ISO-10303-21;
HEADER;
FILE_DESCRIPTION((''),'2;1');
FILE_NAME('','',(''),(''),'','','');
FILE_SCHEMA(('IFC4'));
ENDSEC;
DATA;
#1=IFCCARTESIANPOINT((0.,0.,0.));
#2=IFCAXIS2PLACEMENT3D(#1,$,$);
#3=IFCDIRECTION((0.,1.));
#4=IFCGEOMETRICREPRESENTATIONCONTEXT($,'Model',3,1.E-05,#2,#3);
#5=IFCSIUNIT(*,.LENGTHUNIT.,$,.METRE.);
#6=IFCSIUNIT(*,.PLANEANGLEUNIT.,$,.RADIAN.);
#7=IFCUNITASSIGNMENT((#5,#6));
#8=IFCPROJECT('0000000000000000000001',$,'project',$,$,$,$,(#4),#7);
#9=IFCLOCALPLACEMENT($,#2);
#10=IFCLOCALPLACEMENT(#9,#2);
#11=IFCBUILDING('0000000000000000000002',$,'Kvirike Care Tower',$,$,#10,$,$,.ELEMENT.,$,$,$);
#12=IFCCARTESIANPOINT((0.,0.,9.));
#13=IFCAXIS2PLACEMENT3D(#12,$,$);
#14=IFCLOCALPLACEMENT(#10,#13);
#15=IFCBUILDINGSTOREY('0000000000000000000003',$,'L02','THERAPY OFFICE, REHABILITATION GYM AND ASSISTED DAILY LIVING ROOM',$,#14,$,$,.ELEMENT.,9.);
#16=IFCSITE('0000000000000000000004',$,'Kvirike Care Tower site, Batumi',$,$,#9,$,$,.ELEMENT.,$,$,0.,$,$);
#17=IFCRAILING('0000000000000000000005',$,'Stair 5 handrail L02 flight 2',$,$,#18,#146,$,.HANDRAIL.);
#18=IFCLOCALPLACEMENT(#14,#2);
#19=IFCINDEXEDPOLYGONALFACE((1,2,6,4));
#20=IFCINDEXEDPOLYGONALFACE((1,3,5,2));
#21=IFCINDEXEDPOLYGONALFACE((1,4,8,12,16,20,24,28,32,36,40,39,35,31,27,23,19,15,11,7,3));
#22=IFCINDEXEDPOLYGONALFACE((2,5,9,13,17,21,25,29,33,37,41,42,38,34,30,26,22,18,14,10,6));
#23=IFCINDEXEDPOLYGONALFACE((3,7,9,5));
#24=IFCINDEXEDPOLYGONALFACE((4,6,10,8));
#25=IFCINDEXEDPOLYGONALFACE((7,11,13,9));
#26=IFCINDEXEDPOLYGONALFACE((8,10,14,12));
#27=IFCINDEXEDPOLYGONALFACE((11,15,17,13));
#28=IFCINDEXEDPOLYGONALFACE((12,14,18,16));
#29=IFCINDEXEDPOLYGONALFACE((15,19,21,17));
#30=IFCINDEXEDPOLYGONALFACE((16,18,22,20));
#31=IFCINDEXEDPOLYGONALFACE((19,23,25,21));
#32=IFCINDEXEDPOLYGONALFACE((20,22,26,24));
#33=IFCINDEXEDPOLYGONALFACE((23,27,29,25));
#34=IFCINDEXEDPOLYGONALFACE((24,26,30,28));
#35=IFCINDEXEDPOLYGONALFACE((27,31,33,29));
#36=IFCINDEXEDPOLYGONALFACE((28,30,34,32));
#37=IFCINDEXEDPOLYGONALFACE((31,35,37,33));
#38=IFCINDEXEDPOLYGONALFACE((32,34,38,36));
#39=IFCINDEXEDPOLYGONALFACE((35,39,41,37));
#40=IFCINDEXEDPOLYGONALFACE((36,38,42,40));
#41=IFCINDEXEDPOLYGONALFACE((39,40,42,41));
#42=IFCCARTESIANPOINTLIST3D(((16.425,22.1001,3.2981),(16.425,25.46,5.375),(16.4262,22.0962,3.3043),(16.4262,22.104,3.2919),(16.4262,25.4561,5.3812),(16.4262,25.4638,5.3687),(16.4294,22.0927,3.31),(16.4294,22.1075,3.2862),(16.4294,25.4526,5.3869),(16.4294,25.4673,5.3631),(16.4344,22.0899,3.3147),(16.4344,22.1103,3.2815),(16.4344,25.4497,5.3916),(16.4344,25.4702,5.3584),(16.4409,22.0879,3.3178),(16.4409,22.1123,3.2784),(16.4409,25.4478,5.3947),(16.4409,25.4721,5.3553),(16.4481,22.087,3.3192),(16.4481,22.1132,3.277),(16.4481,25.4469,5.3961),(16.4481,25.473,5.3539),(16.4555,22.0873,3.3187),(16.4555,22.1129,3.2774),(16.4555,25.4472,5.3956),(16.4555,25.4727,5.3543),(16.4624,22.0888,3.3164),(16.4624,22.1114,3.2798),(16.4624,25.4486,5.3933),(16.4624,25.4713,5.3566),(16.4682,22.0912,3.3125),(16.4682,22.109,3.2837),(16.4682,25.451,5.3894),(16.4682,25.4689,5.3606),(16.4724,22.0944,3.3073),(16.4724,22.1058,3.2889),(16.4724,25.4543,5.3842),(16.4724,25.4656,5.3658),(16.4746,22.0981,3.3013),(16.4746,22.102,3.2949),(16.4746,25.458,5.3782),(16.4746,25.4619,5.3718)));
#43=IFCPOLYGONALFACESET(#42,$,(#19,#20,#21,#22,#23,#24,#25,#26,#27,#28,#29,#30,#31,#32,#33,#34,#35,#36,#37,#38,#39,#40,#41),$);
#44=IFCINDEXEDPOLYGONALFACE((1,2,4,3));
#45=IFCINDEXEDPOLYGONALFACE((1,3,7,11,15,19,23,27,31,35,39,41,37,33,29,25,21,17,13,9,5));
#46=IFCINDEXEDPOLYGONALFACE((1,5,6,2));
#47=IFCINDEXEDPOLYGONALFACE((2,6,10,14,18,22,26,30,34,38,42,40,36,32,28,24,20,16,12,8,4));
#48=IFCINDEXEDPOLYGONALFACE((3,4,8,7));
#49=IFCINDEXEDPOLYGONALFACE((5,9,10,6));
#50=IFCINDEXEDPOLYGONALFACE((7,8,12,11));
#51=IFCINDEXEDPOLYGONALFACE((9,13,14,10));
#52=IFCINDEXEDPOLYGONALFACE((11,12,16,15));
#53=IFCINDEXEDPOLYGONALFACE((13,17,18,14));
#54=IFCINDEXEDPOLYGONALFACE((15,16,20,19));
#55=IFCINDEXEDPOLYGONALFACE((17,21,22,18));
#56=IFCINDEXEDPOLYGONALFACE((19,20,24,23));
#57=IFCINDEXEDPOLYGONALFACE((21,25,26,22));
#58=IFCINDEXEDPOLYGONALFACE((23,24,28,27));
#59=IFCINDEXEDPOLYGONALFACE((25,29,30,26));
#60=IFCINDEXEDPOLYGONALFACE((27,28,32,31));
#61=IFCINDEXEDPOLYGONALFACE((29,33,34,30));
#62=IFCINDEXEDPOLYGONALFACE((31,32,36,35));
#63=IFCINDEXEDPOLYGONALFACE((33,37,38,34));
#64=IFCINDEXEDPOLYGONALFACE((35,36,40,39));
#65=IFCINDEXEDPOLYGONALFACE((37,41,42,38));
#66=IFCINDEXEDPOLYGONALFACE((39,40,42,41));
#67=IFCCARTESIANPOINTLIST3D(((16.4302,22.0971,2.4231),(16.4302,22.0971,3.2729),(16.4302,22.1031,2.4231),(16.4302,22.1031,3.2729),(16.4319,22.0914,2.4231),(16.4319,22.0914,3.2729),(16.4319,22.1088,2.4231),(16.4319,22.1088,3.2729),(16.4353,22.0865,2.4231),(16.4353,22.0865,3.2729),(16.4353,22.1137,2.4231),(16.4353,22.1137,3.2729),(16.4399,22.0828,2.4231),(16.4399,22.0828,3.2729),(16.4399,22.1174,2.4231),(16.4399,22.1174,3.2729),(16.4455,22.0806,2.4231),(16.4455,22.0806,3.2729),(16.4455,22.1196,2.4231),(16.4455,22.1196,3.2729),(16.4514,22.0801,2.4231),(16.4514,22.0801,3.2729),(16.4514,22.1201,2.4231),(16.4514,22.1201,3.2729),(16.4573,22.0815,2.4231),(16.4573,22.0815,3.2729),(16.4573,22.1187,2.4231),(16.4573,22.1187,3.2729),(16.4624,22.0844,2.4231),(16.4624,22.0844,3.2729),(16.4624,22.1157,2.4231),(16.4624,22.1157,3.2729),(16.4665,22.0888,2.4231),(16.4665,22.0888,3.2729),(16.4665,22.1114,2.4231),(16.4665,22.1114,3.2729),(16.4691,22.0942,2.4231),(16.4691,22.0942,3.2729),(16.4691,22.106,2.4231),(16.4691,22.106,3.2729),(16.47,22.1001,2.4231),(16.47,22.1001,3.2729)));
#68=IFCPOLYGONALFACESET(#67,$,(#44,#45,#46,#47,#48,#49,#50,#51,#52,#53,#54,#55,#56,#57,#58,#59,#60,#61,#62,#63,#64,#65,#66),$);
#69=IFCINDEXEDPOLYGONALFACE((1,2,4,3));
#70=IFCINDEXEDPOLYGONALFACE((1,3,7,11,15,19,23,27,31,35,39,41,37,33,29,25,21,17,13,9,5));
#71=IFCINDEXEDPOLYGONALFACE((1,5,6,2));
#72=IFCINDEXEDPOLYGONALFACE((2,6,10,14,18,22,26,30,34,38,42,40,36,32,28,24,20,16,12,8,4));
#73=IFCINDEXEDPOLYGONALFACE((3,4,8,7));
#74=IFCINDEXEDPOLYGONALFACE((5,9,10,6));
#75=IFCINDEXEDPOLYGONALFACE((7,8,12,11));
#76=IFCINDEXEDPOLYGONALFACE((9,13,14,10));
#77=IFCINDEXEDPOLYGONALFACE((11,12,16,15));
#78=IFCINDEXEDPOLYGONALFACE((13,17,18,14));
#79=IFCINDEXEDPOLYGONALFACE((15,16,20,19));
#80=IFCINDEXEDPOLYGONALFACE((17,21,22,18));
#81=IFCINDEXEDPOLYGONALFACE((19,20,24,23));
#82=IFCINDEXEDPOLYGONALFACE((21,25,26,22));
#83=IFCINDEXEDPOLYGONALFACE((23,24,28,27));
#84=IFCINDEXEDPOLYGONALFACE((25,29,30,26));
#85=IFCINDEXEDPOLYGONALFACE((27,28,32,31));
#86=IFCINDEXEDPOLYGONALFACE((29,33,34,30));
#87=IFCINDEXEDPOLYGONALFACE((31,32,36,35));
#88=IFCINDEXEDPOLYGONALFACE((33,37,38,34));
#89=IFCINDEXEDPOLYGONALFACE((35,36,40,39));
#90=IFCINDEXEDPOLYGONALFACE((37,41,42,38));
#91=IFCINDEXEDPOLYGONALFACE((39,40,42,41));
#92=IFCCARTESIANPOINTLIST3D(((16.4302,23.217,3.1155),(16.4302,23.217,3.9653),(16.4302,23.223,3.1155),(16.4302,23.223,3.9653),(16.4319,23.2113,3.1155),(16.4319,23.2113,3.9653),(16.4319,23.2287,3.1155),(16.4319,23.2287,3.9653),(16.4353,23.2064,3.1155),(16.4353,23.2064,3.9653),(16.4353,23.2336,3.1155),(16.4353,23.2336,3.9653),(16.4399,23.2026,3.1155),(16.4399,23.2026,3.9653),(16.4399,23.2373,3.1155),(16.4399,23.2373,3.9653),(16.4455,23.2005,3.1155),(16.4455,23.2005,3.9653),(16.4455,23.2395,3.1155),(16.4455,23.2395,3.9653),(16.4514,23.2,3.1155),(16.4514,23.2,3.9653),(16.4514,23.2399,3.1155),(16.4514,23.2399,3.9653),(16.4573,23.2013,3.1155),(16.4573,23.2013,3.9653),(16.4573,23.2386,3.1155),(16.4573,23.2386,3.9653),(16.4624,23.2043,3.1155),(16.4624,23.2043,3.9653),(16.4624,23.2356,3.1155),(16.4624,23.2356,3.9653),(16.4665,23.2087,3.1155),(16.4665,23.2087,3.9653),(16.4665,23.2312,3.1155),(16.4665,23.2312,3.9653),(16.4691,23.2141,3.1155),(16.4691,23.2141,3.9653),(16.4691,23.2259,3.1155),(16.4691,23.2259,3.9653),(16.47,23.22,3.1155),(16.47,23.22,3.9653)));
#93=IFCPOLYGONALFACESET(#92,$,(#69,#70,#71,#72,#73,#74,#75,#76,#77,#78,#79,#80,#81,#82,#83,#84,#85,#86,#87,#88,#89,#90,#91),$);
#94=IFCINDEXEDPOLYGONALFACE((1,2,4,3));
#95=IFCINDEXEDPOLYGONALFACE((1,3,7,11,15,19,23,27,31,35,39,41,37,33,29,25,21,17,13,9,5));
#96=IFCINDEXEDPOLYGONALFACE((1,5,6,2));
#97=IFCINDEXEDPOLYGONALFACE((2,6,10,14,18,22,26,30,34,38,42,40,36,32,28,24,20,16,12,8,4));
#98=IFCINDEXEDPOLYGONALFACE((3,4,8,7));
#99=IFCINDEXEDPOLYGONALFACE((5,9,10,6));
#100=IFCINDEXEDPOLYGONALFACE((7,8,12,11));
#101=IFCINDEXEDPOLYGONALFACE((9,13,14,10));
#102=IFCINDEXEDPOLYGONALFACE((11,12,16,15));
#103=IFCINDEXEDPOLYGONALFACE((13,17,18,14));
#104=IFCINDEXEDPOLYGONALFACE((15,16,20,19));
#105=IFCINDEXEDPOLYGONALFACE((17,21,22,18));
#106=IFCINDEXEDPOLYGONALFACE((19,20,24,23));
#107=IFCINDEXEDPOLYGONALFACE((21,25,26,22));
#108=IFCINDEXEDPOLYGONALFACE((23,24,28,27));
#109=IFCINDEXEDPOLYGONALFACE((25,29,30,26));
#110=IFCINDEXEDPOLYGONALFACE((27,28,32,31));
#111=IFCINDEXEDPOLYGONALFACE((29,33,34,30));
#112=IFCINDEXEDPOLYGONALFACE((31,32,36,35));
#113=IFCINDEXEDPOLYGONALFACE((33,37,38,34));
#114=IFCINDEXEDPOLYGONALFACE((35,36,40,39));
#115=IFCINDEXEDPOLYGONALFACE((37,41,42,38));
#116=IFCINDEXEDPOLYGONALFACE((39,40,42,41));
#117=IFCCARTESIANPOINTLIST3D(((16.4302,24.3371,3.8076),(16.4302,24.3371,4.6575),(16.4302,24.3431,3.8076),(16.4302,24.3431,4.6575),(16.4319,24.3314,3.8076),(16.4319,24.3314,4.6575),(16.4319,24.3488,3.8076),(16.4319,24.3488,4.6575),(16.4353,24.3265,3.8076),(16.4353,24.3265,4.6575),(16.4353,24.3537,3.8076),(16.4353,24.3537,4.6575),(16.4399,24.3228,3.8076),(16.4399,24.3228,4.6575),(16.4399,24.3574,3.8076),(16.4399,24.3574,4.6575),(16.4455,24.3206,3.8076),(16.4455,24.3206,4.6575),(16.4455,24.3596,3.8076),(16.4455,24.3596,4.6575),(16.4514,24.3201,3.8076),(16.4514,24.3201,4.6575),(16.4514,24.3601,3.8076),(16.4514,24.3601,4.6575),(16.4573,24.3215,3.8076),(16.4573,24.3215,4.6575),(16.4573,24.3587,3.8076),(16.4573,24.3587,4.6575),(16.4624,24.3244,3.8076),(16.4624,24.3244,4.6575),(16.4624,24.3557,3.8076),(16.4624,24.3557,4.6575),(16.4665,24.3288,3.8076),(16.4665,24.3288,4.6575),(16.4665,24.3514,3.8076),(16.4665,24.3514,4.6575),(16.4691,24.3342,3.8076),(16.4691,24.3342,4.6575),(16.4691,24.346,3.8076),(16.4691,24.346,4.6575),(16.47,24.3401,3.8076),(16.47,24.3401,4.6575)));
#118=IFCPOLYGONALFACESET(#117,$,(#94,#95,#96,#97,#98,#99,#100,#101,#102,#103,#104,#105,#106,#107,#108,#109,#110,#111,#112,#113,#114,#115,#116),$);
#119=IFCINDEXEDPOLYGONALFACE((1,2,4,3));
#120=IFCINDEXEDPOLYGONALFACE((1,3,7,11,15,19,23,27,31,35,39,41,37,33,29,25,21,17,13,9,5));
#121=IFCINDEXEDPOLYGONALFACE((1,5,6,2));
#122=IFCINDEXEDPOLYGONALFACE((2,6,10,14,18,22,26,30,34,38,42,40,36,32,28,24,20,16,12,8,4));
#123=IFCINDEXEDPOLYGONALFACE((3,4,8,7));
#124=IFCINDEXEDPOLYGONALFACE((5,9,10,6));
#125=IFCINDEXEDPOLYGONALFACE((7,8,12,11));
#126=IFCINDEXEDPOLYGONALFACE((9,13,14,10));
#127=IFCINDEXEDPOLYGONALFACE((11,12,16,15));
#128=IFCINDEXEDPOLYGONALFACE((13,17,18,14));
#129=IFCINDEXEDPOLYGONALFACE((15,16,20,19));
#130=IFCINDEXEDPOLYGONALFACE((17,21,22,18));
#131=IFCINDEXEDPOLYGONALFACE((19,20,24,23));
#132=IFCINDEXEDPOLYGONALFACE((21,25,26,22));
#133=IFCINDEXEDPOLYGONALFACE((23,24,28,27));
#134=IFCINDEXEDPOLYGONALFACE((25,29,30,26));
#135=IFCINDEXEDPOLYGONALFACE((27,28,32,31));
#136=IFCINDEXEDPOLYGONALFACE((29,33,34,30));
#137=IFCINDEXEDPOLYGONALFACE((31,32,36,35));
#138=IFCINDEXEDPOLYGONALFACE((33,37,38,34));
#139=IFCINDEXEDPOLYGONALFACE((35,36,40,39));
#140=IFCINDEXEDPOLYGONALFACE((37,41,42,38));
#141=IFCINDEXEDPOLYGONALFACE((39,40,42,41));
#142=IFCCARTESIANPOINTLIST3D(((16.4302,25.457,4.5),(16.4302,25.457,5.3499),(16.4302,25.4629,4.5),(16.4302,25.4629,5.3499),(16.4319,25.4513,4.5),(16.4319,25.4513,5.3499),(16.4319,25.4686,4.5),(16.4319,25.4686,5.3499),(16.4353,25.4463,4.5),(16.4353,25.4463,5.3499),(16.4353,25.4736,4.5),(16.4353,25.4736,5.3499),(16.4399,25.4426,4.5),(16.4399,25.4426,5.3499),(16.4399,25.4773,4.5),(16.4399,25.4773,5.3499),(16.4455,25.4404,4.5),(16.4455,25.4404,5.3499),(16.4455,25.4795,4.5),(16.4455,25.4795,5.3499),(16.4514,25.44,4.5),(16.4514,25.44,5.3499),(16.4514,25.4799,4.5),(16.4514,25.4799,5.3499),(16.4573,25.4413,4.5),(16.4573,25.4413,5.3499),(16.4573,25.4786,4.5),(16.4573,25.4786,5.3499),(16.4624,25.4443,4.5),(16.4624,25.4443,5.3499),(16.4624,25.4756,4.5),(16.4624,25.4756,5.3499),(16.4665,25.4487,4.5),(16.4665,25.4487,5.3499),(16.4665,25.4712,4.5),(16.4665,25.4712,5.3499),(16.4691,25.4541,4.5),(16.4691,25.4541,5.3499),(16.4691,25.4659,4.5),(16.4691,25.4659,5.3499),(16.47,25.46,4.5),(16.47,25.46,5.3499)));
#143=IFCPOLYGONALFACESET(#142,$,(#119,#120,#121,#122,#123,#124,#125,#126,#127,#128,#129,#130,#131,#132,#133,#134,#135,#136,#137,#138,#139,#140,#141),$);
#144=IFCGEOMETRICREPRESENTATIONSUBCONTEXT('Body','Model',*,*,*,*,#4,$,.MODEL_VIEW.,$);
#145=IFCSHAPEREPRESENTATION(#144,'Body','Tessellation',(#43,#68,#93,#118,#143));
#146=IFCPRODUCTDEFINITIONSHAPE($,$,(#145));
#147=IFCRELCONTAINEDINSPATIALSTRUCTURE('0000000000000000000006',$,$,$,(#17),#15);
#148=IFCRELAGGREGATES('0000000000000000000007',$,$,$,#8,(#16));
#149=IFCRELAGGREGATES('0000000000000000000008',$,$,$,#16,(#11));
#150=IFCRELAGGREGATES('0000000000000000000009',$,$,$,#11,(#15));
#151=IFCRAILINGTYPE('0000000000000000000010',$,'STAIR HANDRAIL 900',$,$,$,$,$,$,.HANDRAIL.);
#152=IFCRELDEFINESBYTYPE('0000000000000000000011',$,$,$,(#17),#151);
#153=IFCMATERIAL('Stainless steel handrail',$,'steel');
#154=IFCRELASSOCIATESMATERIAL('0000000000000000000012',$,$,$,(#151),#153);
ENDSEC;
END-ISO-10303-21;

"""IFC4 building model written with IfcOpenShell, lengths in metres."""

from ifc_helpers import new_model, si_unit, direction, frame, origin, origin_2d, place, context, subcontext, project, spatial, circle, extrude, material, type_object, element, save


model = new_model("IFC4")

# Units and contexts
model_context = context("Model", 3, precision=1e-05, world=origin(), true_north=direction((0.0, 1.0)))
body_context = subcontext(model_context, "Body", "Model", "MODEL_VIEW")
ifc_project = project(units=[si_unit("LENGTHUNIT", "METRE"), si_unit("PLANEANGLEUNIT", "RADIAN")], contexts=[model_context])

# Site, building, storey
site_placement = place(None, origin())
site = spatial("IfcSite", under=ifc_project, at=site_placement, Name="Kvirike Care Tower site, Batumi", CompositionType="ELEMENT", RefElevation=0.0)
building_placement = place(site_placement, origin())
building = spatial("IfcBuilding", under=site, at=building_placement, Name="Kvirike Care Tower", CompositionType="ELEMENT")
storey_placement = place(building_placement, frame((0.0, 0.0, 9.0)))
storey = spatial("IfcBuildingStorey", under=building, at=storey_placement, Name="L02", Description="THERAPY OFFICE, REHABILITATION GYM AND ASSISTED DAILY LIVING ROOM", CompositionType="ELEMENT", Elevation=9.0)

# Railing
ifc_material_1 = material(Name="Stainless steel handrail", Category="steel")
railing_type = type_object("IfcRailingType", Name="STAIR HANDRAIL 900", PredefinedType="HANDRAIL", material=ifc_material_1)
railing_placement = place(storey_placement, frame((16.45, 22.1001, 2.4231)))
element("IfcRailing", 1, at=railing_placement, inside=storey, type_object=railing_type, Name="Stair 5 handrail L02 flight 2", PredefinedType="HANDRAIL", context=body_context, shape_type="SweptSolid", body=[
    extrude(circle(Radius=0.0249, at=origin_2d()), frame((0.0, 0.0, 0.875), z_axis=(0.0, 0.850606, 0.525803), x_axis=(-1.0, 0.0, 0.0)), (0.0, 0.0, 1.0), 3.95),
    extrude(circle(Radius=0.02, at=origin_2d()), origin(), (0.0, 0.0, 1.0), 0.8499),
    extrude(circle(Radius=0.02, at=origin_2d()), frame((0.0, 1.1199, 0.6924)), (0.0, 0.0, 1.0), 0.8499),
    extrude(circle(Radius=0.02, at=origin_2d()), frame((0.0, 2.24, 1.3845)), (0.0, 0.0, 1.0), 0.8499),
    extrude(circle(Radius=0.02, at=origin_2d()), frame((0.0, 3.3599, 2.0769)), (0.0, 0.0, 1.0), 0.8499),
])

save(model, "model.ifc")
